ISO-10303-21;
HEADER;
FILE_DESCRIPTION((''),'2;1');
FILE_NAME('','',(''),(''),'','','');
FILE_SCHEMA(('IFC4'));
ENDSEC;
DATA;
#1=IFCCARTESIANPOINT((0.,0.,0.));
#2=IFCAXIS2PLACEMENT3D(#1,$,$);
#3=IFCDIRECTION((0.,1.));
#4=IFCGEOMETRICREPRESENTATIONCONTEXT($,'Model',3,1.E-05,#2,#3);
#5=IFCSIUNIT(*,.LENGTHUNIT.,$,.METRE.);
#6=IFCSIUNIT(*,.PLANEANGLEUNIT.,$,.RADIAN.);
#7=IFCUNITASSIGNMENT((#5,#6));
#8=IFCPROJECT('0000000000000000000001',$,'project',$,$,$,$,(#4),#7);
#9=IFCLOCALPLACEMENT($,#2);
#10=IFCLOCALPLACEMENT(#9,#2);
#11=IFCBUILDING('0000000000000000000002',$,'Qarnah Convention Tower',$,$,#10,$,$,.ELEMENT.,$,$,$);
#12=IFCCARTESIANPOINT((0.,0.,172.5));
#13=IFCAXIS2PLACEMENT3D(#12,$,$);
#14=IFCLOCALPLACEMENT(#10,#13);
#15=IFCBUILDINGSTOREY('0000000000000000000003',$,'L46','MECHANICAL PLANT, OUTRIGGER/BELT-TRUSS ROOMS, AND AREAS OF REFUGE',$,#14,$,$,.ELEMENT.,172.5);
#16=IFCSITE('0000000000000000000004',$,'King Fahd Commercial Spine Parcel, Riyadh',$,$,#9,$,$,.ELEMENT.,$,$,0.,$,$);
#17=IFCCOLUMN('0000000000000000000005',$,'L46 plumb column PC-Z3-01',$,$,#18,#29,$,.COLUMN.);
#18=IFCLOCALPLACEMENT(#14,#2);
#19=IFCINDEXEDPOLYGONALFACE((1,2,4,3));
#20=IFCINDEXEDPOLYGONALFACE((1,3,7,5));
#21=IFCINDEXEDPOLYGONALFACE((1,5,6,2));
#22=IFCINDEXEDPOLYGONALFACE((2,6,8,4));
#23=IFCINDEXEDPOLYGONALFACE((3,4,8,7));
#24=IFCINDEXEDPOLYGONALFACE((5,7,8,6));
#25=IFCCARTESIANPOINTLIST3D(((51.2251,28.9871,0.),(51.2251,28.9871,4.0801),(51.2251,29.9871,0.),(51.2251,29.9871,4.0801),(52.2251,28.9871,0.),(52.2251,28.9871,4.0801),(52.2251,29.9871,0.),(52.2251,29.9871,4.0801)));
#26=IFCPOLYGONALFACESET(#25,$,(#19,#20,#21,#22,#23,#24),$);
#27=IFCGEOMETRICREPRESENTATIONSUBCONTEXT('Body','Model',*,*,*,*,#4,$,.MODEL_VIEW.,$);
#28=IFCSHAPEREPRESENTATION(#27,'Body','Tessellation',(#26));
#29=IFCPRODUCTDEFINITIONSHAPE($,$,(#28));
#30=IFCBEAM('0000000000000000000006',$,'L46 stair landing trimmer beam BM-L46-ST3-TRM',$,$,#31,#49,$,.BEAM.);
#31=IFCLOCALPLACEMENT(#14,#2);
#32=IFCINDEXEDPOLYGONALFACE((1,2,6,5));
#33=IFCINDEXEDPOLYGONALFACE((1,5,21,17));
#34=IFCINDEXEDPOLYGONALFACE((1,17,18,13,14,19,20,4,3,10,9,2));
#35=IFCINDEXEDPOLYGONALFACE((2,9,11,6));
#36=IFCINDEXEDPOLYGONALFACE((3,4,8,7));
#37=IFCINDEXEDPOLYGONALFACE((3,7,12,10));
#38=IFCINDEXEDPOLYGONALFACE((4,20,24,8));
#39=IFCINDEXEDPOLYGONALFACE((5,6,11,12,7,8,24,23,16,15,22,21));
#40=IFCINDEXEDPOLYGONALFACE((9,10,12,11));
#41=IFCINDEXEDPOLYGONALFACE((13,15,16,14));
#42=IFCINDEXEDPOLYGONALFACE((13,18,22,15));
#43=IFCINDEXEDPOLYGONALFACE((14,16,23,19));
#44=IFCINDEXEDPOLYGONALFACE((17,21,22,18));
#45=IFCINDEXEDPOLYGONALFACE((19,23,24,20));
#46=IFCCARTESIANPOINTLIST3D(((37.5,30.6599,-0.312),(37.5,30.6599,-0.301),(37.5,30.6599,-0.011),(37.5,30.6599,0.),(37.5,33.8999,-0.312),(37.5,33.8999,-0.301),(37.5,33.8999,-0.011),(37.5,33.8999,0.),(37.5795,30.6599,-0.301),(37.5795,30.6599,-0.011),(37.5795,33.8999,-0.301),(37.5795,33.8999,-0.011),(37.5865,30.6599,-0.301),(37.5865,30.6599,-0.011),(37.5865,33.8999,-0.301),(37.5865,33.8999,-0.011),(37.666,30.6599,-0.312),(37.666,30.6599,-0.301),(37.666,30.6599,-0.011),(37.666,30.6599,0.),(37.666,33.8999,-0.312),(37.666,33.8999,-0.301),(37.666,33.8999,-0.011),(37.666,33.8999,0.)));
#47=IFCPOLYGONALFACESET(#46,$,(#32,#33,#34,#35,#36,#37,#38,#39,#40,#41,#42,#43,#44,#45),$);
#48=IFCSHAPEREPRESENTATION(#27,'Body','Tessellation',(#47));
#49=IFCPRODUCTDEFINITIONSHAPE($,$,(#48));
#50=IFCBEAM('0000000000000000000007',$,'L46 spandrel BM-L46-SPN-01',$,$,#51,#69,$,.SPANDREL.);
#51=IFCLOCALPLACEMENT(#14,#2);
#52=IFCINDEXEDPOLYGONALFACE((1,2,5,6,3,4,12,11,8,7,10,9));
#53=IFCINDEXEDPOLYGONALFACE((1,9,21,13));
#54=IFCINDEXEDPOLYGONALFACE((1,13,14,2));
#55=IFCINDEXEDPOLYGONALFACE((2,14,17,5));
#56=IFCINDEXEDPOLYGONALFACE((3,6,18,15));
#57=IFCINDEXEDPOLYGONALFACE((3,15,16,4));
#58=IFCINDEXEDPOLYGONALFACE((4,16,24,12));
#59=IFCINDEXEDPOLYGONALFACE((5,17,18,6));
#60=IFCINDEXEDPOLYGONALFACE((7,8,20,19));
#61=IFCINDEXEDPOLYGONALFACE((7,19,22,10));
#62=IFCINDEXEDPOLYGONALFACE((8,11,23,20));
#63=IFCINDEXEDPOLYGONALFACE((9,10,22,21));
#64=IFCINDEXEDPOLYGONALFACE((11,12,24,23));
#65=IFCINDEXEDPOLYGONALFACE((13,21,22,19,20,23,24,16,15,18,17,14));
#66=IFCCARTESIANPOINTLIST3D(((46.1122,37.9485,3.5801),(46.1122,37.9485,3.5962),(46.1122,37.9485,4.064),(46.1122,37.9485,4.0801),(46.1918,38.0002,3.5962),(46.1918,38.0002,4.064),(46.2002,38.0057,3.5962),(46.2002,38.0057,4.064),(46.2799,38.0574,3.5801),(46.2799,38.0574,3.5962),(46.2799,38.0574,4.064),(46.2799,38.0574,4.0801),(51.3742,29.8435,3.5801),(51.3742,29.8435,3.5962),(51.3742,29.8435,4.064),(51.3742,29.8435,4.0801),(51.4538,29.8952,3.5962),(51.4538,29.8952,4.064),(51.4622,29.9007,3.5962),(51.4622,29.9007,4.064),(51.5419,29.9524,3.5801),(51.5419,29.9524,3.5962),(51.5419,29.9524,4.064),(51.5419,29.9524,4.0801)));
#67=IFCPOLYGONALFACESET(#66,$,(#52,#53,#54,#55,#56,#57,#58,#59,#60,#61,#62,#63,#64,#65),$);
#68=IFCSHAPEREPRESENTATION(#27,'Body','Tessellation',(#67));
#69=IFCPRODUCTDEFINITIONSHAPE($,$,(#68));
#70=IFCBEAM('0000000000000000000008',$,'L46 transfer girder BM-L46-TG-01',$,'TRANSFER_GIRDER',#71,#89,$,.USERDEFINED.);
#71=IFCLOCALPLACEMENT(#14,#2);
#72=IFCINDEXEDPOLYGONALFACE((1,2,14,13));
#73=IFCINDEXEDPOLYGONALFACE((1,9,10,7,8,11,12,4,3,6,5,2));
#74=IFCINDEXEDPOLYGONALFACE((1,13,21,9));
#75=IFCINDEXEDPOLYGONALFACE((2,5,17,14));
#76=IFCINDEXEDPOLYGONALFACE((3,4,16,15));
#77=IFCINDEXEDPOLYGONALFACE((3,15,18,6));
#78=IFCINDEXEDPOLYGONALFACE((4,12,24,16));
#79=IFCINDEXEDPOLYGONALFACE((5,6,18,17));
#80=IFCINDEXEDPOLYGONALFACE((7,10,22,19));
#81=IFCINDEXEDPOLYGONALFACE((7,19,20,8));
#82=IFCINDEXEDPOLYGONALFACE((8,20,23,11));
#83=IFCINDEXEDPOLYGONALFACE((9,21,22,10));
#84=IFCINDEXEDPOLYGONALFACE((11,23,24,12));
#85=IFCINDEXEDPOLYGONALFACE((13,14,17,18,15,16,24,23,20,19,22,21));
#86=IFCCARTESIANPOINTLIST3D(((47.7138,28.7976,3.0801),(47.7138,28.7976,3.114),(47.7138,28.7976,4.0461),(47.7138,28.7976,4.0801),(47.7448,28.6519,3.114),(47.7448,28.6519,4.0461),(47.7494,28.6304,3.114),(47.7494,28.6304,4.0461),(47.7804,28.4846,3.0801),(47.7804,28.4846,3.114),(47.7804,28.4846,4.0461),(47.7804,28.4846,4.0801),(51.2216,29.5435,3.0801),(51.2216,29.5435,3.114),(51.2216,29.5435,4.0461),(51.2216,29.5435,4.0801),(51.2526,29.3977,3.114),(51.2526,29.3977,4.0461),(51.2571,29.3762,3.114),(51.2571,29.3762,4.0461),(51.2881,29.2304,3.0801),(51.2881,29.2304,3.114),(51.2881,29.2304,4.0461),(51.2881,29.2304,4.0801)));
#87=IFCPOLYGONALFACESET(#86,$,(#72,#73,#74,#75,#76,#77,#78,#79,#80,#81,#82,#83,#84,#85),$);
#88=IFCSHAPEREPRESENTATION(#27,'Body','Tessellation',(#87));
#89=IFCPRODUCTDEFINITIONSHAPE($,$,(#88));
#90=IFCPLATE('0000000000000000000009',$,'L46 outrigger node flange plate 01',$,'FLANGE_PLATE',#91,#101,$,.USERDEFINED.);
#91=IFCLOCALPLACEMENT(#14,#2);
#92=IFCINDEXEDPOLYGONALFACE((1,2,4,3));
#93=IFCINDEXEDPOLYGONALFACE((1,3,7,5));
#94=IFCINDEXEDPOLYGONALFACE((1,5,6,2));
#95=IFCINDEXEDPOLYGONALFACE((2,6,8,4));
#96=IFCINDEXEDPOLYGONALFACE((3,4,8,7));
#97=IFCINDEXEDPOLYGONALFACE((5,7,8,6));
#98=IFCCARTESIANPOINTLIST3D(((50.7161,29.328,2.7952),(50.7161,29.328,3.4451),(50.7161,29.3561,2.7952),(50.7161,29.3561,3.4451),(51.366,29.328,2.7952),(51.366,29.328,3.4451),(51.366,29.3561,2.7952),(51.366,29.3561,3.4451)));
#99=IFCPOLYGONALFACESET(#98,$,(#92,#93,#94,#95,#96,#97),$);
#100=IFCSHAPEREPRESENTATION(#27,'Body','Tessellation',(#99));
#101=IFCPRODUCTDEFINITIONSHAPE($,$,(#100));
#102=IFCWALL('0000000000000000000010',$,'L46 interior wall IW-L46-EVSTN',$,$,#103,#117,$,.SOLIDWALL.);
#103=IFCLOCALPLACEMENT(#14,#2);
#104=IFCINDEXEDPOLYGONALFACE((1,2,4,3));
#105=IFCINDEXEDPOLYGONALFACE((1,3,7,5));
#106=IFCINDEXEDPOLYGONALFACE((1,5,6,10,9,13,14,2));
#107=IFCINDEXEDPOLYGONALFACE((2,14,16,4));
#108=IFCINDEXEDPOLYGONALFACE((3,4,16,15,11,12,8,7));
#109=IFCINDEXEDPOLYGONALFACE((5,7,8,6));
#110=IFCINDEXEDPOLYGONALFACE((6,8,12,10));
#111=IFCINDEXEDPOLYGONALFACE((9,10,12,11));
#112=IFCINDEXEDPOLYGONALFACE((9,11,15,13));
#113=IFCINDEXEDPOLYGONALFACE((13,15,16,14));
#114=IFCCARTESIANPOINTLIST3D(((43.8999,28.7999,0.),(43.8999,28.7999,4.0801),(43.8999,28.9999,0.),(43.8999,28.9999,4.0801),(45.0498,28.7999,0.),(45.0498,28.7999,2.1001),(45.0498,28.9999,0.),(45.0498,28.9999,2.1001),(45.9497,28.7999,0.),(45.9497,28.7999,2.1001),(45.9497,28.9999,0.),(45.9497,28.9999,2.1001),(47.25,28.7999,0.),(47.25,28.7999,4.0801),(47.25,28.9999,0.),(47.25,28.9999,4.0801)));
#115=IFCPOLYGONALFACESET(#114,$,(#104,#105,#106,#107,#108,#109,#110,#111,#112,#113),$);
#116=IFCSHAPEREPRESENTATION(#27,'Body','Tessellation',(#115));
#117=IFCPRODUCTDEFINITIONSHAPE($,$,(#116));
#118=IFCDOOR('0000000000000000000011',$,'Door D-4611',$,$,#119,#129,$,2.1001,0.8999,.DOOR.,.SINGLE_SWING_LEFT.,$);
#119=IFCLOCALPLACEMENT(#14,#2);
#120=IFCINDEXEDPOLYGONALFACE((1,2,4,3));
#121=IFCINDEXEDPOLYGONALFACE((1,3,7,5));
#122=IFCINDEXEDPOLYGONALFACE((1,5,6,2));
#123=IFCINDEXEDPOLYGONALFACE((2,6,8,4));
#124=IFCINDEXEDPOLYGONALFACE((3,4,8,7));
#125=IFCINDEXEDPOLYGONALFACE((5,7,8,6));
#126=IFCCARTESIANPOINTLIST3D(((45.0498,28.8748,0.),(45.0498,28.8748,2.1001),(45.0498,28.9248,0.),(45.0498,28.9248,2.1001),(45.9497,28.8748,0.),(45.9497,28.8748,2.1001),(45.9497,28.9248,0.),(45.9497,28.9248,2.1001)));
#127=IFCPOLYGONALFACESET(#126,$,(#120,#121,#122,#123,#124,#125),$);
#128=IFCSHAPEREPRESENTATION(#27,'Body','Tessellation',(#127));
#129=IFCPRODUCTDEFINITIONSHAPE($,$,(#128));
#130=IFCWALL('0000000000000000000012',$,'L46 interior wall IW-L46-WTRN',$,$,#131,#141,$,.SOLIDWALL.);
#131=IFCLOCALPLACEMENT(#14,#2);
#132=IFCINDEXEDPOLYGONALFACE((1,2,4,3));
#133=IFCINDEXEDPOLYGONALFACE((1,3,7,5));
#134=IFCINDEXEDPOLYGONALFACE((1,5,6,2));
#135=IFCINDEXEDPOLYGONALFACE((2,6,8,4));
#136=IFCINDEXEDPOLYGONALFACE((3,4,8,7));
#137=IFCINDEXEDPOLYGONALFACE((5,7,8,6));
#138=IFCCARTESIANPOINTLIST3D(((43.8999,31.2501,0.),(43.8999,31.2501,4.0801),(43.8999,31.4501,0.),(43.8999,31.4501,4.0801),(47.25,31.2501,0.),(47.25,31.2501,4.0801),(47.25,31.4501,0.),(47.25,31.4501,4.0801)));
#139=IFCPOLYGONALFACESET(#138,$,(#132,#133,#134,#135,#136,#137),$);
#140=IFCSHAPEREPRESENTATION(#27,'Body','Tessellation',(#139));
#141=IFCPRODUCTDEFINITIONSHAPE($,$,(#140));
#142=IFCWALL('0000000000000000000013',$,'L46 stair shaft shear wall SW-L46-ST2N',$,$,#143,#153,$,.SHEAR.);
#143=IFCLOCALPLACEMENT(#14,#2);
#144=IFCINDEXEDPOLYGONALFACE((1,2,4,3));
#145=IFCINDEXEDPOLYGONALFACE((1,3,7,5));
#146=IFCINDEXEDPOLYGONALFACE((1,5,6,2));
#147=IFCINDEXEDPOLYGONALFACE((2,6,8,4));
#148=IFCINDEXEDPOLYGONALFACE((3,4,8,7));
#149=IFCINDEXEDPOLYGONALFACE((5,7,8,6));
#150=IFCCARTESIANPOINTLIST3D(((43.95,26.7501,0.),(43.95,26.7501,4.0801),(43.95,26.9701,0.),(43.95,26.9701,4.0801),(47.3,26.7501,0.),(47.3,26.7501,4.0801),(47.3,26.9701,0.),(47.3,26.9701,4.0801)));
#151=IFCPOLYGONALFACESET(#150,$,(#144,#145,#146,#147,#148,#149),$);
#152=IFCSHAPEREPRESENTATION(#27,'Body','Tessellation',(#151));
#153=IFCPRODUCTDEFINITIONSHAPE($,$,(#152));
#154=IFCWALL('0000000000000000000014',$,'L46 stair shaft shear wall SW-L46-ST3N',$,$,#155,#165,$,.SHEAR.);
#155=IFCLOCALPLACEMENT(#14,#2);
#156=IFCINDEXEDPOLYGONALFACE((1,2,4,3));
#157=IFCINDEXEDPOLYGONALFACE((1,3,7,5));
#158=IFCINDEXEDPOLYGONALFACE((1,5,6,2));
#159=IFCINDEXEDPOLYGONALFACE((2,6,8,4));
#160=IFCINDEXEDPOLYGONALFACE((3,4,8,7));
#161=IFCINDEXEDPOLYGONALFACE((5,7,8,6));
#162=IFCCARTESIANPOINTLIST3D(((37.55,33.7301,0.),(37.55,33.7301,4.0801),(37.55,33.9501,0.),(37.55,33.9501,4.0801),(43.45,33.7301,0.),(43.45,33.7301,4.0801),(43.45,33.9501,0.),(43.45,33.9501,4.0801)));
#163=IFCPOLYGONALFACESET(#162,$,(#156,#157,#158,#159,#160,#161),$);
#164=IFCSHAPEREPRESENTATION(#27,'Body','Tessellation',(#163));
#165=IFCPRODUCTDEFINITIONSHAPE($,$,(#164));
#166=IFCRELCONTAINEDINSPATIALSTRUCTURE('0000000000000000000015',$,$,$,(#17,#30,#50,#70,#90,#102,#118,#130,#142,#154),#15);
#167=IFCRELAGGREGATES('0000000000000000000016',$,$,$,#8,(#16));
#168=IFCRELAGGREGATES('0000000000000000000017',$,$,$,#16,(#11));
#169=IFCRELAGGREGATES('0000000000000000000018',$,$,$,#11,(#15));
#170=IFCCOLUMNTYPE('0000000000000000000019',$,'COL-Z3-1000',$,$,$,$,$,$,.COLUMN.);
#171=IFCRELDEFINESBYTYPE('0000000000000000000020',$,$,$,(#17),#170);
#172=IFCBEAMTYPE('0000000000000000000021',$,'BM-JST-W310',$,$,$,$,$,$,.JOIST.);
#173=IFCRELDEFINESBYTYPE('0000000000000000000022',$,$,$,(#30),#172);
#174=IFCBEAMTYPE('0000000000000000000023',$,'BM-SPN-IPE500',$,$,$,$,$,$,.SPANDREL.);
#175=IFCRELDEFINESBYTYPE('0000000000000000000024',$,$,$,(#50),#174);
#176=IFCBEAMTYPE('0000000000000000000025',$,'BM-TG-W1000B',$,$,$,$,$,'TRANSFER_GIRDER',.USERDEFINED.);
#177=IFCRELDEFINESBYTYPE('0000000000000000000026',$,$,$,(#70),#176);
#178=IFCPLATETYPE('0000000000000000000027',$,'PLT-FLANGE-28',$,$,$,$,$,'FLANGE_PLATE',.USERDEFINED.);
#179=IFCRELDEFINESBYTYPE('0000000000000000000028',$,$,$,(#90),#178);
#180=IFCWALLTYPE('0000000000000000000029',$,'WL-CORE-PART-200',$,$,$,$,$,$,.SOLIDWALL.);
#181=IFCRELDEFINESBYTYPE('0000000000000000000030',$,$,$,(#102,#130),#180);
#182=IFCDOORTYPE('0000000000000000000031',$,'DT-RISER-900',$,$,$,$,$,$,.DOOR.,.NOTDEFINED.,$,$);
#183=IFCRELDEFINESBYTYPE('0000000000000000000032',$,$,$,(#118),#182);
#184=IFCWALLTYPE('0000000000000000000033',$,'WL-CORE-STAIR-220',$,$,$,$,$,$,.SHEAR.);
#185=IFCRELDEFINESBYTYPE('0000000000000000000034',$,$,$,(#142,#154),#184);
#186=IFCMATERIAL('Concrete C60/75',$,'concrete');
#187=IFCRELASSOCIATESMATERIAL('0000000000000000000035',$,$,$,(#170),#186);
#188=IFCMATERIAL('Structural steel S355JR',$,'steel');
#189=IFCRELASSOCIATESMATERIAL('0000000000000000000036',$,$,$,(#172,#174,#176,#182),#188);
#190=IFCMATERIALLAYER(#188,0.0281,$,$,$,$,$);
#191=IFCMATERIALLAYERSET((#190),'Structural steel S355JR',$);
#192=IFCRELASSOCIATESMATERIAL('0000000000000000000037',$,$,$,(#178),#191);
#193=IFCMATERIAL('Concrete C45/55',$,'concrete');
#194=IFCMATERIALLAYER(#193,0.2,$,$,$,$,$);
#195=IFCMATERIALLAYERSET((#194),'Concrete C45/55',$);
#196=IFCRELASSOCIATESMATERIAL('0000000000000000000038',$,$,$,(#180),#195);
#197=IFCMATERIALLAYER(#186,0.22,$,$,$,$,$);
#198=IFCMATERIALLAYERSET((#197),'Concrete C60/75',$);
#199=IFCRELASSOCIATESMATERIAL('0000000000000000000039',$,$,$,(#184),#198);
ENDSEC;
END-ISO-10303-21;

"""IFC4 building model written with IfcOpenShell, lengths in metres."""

from ifc_helpers import new_model, si_unit, direction, frame, frame_2d, origin, origin_2d, place, context, subcontext, project, spatial, rectangle, i_section, extrude, material, layer, layer_set, material_profile, profile_set, type_object, element, fill, save


model = new_model("IFC4")

# Units and contexts
model_context = context("Model", 3, precision=1e-05, world=origin(), true_north=direction((0.0, 1.0)))
body_context = subcontext(model_context, "Body", "Model", "MODEL_VIEW")
ifc_project = project(units=[si_unit("LENGTHUNIT", "METRE"), si_unit("PLANEANGLEUNIT", "RADIAN")], contexts=[model_context])

# Site, building, storey
site_placement = place(None, origin())
site = spatial("IfcSite", under=ifc_project, at=site_placement, Name="King Fahd Commercial Spine Parcel, Riyadh", CompositionType="ELEMENT", RefElevation=0.0)
building_placement = place(site_placement, origin())
building = spatial("IfcBuilding", under=site, at=building_placement, Name="Qarnah Convention Tower", CompositionType="ELEMENT")
storey_placement = place(building_placement, frame((0.0, 0.0, 172.5)))
storey = spatial("IfcBuildingStorey", under=building, at=storey_placement, Name="L46", Description="MECHANICAL PLANT, OUTRIGGER/BELT-TRUSS ROOMS, AND AREAS OF REFUGE", CompositionType="ELEMENT", Elevation=172.5)

# Column
ifc_material_1 = material(Name="Concrete C60/75", Category="concrete")
ifc_material_profile_1 = material_profile(ifc_material_1, rectangle(XDim=1.0, YDim=1.0, at=origin_2d()), Name="RC-COL-1000X1000")
ifc_profile_set_1 = profile_set([ifc_material_profile_1], Name="Concrete C60/75")
column_type = type_object("IfcColumnType", Name="COL-Z3-1000", PredefinedType="COLUMN", material=ifc_profile_set_1)
column_placement = place(storey_placement, frame((51.7251, 29.4871, 0.0), z_axis=(0.0, 0.0, 1.0), x_axis=(1.0, 0.0, 0.0)))
element("IfcColumn", 1, at=column_placement, inside=storey, type_object=column_type, Name="L46 plumb column PC-Z3-01", PredefinedType="COLUMN", context=body_context, shape_type="SweptSolid", body=[
    extrude(rectangle(XDim=1.0, YDim=1.0, at=origin_2d()), origin(), (0.0, 0.0, 1.0), 4.0801),
])

# Beams
ifc_material_2 = material(Name="Structural steel S355JR", Category="steel")
ifc_material_profile_2 = material_profile(ifc_material_2, i_section(OverallWidth=0.166, OverallDepth=0.312, WebThickness=0.0071, FlangeThickness=0.011, at=origin_2d()), Name="W310X45")
ifc_profile_set_2 = profile_set([ifc_material_profile_2], Name="Structural steel S355JR")
beam_type_1 = type_object("IfcBeamType", Name="BM-JST-W310", PredefinedType="JOIST", material=ifc_profile_set_2)
beam_1_placement = place(storey_placement, frame((37.583, 30.6599, -0.156), z_axis=(0.0, 1.0, 0.0), x_axis=(-1.0, 0.0, 0.0)))
element("IfcBeam", 2, at=beam_1_placement, inside=storey, type_object=beam_type_1, Name="L46 stair landing trimmer beam BM-L46-ST3-TRM", PredefinedType="BEAM", context=body_context, shape_type="SweptSolid", body=[
    extrude(i_section(OverallWidth=0.166, OverallDepth=0.312, WebThickness=0.0071, FlangeThickness=0.011, at=origin_2d()), origin(), (0.0, 0.0, 1.0), 3.24),
])
ifc_material_profile_3 = material_profile(ifc_material_2, i_section(OverallWidth=0.2, OverallDepth=0.5, WebThickness=0.01, FlangeThickness=0.0161, at=origin_2d()), Name="IPE500")
ifc_profile_set_3 = profile_set([ifc_material_profile_3], Name="Structural steel S355JR")
beam_type_2 = type_object("IfcBeamType", Name="BM-SPN-IPE500", PredefinedType="SPANDREL", material=ifc_profile_set_3)
beam_2_placement = place(storey_placement, frame((51.458, 29.8979, 3.8301), z_axis=(-0.544532, 0.83874, 0.0), x_axis=(-0.83874, -0.544532, 0.0)))
element("IfcBeam", 3, at=beam_2_placement, inside=storey, type_object=beam_type_2, Name="L46 spandrel BM-L46-SPN-01", PredefinedType="SPANDREL", context=body_context, shape_type="SweptSolid", body=[
    extrude(i_section(OverallWidth=0.2, OverallDepth=0.5, WebThickness=0.01, FlangeThickness=0.0161, at=origin_2d()), origin(), (0.0, 0.0, 1.0), 9.6633),
])
ifc_material_profile_4 = material_profile(ifc_material_2, i_section(OverallWidth=0.3201, OverallDepth=1.0, WebThickness=0.022, FlangeThickness=0.0339, at=origin_2d()), Name="W1000X371")
ifc_profile_set_4 = profile_set([ifc_material_profile_4], Name="Structural steel S355JR")
beam_type_3 = type_object("IfcBeamType", Name="BM-TG-W1000B", ElementType="TRANSFER_GIRDER", PredefinedType="USERDEFINED", material=ifc_profile_set_4)
beam_3_placement = place(storey_placement, frame((47.7471, 28.6411, 3.5801), z_axis=(0.978134, 0.207976, 0.0), x_axis=(-0.207976, 0.978134, 0.0)))
element("IfcBeam", 4, at=beam_3_placement, inside=storey, type_object=beam_type_3, Name="L46 transfer girder BM-L46-TG-01", ObjectType="TRANSFER_GIRDER", PredefinedType="USERDEFINED", context=body_context, shape_type="SweptSolid", body=[
    extrude(i_section(OverallWidth=0.3201, OverallDepth=1.0, WebThickness=0.022, FlangeThickness=0.0339, at=origin_2d()), origin(), (0.0, 0.0, 1.0), 3.5862),
])

# Plate
ifc_layer_1 = layer(ifc_material_2, 0.0281)
ifc_layer_set_1 = layer_set([ifc_layer_1], Name="Structural steel S355JR")
plate_type = type_object("IfcPlateType", Name="PLT-FLANGE-28", ElementType="FLANGE_PLATE", PredefinedType="USERDEFINED", material=ifc_layer_set_1)
plate_placement = place(storey_placement, frame((51.041, 29.342, 2.7952), z_axis=(0.0, 0.0, 1.0), x_axis=(1.0, 0.0, 0.0)))
element("IfcPlate", 5, at=plate_placement, inside=storey, type_object=plate_type, Name="L46 outrigger node flange plate 01", ObjectType="FLANGE_PLATE", PredefinedType="USERDEFINED", context=body_context, shape_type="SweptSolid", body=[
    extrude(rectangle(XDim=0.6499, YDim=0.0281, at=origin_2d()), origin(), (0.0, 0.0, 1.0), 0.6499),
])

# Wall, opening, door
ifc_material_3 = material(Name="Concrete C45/55", Category="concrete")
ifc_layer_2 = layer(ifc_material_3, 0.2)
ifc_layer_set_2 = layer_set([ifc_layer_2], Name="Concrete C45/55")
wall_type_1 = type_object("IfcWallType", Name="WL-CORE-PART-200", PredefinedType="SOLIDWALL", material=ifc_layer_set_2)
wall_1_placement = place(storey_placement, frame((43.8999, 28.8999, 0.0), z_axis=(0.0, 0.0, 1.0), x_axis=(1.0, 0.0, 0.0)))
wall_1 = element("IfcWall", 6, at=wall_1_placement, inside=storey, type_object=wall_type_1, Name="L46 interior wall IW-L46-EVSTN", PredefinedType="SOLIDWALL", context=body_context, shape_type="SweptSolid", body=[
    extrude(rectangle(XDim=3.3501, YDim=0.2, at=frame_2d((1.675, 0.0))), origin(), (0.0, 0.0, 1.0), 4.0801),
])
opening_1_placement = place(wall_1_placement, frame((1.1499, 0.0, 0.0)))
opening_1 = element("IfcOpeningElement", 7, at=opening_1_placement, cuts=wall_1, PredefinedType="OPENING", context=body_context, shape_type="SweptSolid", body=[
    extrude(rectangle(XDim=0.8999, YDim=2.1001, at=frame_2d((0.45, 1.05))), frame((0.0, 0.1099, 0.0), z_axis=(0.0, -1.0, 0.0), x_axis=(1.0, 0.0, 0.0)), (0.0, 0.0, 1.0), 0.22),
])
door_type_1 = type_object("IfcDoorType", Name="DT-RISER-900", OperationType="NOTDEFINED", PredefinedType="DOOR", material=ifc_material_2)
door_1_placement = place(opening_1_placement, origin())
door_1 = element("IfcDoor", 8, at=door_1_placement, inside=storey, type_object=door_type_1, Name="Door D-4611", OperationType="SINGLE_SWING_LEFT", OverallHeight=2.1001, OverallWidth=0.8999, PredefinedType="DOOR", context=body_context, shape_type="SweptSolid", body=[
    extrude(rectangle(XDim=0.8999, YDim=2.1001, at=frame_2d((0.45, 1.05))), frame((0.0, 0.0249, 0.0), z_axis=(0.0, -1.0, 0.0), x_axis=(1.0, 0.0, 0.0)), (0.0, 0.0, 1.0), 0.05),
])
fill(opening_1, door_1)

# Walls
wall_2_placement = place(storey_placement, frame((43.8999, 31.3501, 0.0), z_axis=(0.0, 0.0, 1.0), x_axis=(1.0, 0.0, 0.0)))
element("IfcWall", 9, at=wall_2_placement, inside=storey, type_object=wall_type_1, Name="L46 interior wall IW-L46-WTRN", PredefinedType="SOLIDWALL", context=body_context, shape_type="SweptSolid", body=[
    extrude(rectangle(XDim=3.3501, YDim=0.2, at=frame_2d((1.675, 0.0))), origin(), (0.0, 0.0, 1.0), 4.0801),
])
ifc_layer_3 = layer(ifc_material_1, 0.22)
ifc_layer_set_3 = layer_set([ifc_layer_3], Name="Concrete C60/75")
wall_type_2 = type_object("IfcWallType", Name="WL-CORE-STAIR-220", PredefinedType="SHEAR", material=ifc_layer_set_3)
wall_3_placement = place(storey_placement, frame((43.95, 26.8601, 0.0), z_axis=(0.0, 0.0, 1.0), x_axis=(1.0, 0.0, 0.0)))
element("IfcWall", 10, at=wall_3_placement, inside=storey, type_object=wall_type_2, Name="L46 stair shaft shear wall SW-L46-ST2N", PredefinedType="SHEAR", context=body_context, shape_type="SweptSolid", body=[
    extrude(rectangle(XDim=3.3501, YDim=0.22, at=frame_2d((1.675, 0.0))), origin(), (0.0, 0.0, 1.0), 4.0801),
])
wall_4_placement = place(storey_placement, frame((37.55, 33.8401, 0.0), z_axis=(0.0, 0.0, 1.0), x_axis=(1.0, 0.0, 0.0)))
element("IfcWall", 11, at=wall_4_placement, inside=storey, type_object=wall_type_2, Name="L46 stair shaft shear wall SW-L46-ST3N", PredefinedType="SHEAR", context=body_context, shape_type="SweptSolid", body=[
    extrude(rectangle(XDim=5.8999, YDim=0.22, at=frame_2d((2.95, 0.0))), origin(), (0.0, 0.0, 1.0), 4.0801),
])

save(model, "model.ifc")
